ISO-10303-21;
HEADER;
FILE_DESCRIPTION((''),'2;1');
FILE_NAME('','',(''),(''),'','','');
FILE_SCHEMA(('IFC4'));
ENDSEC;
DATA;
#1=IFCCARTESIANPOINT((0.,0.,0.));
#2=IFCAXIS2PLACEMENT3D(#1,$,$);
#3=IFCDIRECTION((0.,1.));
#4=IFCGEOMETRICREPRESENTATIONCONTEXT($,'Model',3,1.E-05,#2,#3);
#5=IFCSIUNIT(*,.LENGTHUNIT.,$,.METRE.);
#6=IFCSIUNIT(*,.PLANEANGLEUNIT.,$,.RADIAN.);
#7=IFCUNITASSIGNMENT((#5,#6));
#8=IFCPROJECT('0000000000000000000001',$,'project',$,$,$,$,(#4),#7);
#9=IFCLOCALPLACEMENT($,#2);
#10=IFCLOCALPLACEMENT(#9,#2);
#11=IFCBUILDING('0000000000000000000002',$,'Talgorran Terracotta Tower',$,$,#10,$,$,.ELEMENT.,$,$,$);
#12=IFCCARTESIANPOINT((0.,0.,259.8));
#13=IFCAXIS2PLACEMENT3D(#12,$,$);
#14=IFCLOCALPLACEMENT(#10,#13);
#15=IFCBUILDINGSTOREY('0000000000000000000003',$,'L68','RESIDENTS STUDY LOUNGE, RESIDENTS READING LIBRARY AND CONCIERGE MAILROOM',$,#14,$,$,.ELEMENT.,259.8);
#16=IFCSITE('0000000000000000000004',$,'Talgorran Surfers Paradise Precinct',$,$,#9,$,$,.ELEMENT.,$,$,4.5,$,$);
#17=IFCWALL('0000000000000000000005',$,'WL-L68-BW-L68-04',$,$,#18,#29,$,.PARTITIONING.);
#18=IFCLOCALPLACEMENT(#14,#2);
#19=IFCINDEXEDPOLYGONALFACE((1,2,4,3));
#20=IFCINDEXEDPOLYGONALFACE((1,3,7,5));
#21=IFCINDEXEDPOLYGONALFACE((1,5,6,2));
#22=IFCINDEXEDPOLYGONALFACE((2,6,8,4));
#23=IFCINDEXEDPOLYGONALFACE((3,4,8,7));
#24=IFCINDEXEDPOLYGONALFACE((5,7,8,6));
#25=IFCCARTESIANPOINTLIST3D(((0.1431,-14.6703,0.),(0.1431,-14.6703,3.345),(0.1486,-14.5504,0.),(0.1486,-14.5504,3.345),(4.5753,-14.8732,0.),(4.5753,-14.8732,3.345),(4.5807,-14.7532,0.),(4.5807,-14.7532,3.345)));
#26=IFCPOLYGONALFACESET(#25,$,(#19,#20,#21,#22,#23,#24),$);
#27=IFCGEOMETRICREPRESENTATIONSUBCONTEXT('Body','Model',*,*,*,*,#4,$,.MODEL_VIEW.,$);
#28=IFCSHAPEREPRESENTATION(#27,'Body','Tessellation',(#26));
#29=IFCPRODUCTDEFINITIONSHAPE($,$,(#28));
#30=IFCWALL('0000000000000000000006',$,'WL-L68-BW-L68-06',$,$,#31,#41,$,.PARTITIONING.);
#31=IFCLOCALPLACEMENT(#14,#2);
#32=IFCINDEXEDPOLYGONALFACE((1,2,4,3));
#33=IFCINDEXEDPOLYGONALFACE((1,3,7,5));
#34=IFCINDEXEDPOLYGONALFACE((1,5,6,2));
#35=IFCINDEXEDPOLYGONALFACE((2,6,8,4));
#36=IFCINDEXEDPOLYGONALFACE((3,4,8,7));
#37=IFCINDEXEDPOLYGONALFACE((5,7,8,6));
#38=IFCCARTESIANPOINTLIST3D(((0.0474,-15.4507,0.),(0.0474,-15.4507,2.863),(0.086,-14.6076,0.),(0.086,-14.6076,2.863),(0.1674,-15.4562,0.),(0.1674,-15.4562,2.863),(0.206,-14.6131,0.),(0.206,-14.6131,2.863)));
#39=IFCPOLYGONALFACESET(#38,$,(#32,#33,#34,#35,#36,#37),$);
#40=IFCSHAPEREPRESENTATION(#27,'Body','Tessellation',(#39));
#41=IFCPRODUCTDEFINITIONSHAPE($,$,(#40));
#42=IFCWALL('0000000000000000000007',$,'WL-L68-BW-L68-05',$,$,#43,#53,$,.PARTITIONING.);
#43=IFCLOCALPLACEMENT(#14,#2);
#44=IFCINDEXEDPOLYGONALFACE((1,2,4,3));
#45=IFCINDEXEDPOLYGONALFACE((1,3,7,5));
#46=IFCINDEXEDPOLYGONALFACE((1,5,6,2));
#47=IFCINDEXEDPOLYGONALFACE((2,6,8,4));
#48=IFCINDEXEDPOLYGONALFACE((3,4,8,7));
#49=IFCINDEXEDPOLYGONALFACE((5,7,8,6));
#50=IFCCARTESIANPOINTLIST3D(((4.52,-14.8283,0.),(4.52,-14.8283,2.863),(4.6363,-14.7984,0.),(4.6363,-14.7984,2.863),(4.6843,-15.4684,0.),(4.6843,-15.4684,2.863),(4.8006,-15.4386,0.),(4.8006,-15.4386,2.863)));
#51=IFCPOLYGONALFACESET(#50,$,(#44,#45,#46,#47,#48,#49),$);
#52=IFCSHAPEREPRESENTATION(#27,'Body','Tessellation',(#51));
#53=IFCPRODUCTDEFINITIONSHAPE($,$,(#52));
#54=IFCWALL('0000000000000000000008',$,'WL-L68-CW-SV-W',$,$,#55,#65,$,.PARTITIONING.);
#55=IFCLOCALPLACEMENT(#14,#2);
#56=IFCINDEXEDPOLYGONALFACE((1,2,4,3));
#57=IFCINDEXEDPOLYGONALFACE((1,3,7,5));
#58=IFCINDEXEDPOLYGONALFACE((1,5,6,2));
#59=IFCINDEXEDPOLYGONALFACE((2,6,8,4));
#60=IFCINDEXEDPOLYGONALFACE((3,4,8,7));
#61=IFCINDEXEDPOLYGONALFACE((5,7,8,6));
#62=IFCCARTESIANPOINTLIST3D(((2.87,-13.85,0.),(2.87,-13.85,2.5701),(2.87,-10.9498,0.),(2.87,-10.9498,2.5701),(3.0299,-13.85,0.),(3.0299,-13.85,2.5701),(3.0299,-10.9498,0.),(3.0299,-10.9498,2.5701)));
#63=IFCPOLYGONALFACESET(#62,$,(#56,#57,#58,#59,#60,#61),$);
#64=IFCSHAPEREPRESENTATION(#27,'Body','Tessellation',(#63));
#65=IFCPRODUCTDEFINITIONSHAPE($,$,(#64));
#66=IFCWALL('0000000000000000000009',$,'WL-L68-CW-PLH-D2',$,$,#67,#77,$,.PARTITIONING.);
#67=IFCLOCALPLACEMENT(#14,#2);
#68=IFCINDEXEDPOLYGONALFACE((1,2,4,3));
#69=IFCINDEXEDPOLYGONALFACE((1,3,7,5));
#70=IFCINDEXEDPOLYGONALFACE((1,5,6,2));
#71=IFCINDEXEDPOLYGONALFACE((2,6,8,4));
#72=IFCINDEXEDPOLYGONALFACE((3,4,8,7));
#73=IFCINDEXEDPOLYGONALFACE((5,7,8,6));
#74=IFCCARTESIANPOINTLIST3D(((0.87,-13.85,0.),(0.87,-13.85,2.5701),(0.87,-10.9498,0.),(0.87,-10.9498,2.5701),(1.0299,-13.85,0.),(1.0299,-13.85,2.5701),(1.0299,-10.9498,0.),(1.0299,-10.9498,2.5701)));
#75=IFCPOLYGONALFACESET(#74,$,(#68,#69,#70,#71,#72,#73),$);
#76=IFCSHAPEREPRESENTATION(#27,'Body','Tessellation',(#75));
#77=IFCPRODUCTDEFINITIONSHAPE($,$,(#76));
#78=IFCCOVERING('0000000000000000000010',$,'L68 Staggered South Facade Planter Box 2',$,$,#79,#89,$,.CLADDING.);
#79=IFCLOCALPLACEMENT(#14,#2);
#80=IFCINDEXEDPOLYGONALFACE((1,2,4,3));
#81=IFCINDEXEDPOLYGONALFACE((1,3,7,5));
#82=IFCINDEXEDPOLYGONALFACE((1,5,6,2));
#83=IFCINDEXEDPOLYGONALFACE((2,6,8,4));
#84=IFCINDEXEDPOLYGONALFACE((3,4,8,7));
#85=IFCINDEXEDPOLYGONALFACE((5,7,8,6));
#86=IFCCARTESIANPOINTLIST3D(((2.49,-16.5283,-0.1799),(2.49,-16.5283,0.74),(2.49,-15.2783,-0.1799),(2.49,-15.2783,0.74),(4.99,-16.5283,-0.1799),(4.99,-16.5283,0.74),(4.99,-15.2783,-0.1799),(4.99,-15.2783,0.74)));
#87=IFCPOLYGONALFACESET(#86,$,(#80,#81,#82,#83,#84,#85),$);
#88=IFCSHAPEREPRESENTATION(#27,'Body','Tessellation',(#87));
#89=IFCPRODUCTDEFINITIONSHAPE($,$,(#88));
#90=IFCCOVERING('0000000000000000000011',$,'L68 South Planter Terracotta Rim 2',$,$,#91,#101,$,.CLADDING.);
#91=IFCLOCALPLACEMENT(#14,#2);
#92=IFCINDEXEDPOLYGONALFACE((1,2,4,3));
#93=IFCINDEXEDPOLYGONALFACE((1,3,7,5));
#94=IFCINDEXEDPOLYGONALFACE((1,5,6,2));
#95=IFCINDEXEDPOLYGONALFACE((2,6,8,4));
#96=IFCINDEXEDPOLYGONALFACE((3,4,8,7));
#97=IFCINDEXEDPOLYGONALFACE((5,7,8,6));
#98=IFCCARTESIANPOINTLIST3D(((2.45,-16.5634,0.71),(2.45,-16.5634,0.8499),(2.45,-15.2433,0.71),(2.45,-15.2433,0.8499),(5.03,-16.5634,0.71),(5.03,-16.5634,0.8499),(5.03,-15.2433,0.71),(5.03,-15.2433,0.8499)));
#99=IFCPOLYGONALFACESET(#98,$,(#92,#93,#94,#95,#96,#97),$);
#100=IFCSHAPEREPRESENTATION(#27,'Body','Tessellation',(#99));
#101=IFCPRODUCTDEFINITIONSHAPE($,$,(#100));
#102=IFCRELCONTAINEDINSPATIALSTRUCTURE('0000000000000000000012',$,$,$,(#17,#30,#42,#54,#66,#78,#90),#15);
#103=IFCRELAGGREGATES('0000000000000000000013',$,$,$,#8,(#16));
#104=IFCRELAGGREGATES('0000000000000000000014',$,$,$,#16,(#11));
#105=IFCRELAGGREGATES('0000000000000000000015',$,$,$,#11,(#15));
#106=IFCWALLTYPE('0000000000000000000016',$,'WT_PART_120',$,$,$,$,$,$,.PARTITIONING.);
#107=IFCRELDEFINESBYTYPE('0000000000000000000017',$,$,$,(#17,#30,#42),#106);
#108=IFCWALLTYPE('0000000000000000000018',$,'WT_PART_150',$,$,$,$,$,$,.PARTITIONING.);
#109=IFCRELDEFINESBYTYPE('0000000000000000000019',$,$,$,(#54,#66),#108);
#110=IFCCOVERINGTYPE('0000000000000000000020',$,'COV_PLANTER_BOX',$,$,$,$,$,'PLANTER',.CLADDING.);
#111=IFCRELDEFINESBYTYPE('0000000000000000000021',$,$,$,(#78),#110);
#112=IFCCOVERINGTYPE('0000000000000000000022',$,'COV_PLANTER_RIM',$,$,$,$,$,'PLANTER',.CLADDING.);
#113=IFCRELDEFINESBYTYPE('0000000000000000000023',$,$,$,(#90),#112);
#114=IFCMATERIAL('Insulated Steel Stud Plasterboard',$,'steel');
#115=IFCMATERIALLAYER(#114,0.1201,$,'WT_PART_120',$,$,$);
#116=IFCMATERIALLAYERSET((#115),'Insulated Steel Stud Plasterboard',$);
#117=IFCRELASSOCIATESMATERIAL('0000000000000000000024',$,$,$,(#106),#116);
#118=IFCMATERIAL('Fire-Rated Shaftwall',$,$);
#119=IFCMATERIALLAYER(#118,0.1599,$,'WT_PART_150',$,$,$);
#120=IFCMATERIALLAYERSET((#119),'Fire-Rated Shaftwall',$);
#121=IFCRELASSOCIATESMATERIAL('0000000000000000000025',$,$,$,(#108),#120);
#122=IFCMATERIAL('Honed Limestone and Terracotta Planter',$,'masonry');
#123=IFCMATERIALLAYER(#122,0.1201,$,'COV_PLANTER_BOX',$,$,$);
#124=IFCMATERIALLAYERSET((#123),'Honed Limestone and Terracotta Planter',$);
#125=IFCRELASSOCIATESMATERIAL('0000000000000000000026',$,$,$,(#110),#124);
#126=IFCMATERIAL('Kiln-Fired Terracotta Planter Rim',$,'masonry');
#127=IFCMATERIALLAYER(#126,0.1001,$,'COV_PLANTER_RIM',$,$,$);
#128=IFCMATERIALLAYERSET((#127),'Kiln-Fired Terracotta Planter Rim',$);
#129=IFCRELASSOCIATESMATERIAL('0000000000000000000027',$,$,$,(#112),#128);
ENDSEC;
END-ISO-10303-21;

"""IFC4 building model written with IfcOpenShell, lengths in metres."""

from ifc_helpers import new_model, si_unit, direction, frame, frame_2d, origin, origin_2d, place, context, subcontext, project, spatial, rectangle, extrude, material, layer, layer_set, type_object, element, save


model = new_model("IFC4")

# Units and contexts
model_context = context("Model", 3, precision=1e-05, world=origin(), true_north=direction((0.0, 1.0)))
body_context = subcontext(model_context, "Body", "Model", "MODEL_VIEW")
ifc_project = project(units=[si_unit("LENGTHUNIT", "METRE"), si_unit("PLANEANGLEUNIT", "RADIAN")], contexts=[model_context])

# Site, building, storey
site_placement = place(None, origin())
site = spatial("IfcSite", under=ifc_project, at=site_placement, Name="Talgorran Surfers Paradise Precinct", CompositionType="ELEMENT", RefElevation=4.5)
building_placement = place(site_placement, origin())
building = spatial("IfcBuilding", under=site, at=building_placement, Name="Talgorran Terracotta Tower", CompositionType="ELEMENT")
storey_placement = place(building_placement, frame((0.0, 0.0, 259.8)))
storey = spatial("IfcBuildingStorey", under=building, at=storey_placement, Name="L68", Description="RESIDENTS STUDY LOUNGE, RESIDENTS READING LIBRARY AND CONCIERGE MAILROOM", CompositionType="ELEMENT", Elevation=259.8)

# Walls
ifc_material_1 = material(Name="Insulated Steel Stud Plasterboard", Category="steel")
ifc_layer_1 = layer(ifc_material_1, 0.1201, Name="WT_PART_120")
ifc_layer_set_1 = layer_set([ifc_layer_1], Name="Insulated Steel Stud Plasterboard")
wall_type_1 = type_object("IfcWallType", Name="WT_PART_120", PredefinedType="PARTITIONING", material=ifc_layer_set_1)
wall_1_placement = place(storey_placement, frame((0.146, -14.6104, 0.0), z_axis=(0.0, 0.0, 1.0), x_axis=(0.998954, -0.045727, 0.0)))
element("IfcWall", 1, at=wall_1_placement, inside=storey, type_object=wall_type_1, Name="WL-L68-BW-L68-04", PredefinedType="PARTITIONING", context=body_context, shape_type="SweptSolid", body=[
    extrude(rectangle(XDim=4.4368, YDim=0.1201, at=frame_2d((2.2183, 0.0))), origin(), (0.0, 0.0, 1.0), 3.345),
])
wall_2_placement = place(storey_placement, frame((0.1074, -15.4534, 0.0), z_axis=(0.0, 0.0, 1.0), x_axis=(0.045709, 0.998955, 0.0)))
element("IfcWall", 2, at=wall_2_placement, inside=storey, type_object=wall_type_1, Name="WL-L68-BW-L68-06", PredefinedType="PARTITIONING", context=body_context, shape_type="SweptSolid", body=[
    extrude(rectangle(XDim=0.844, YDim=0.1201, at=frame_2d((0.4219, 0.0))), origin(), (0.0, 0.0, 1.0), 2.863),
])
wall_3_placement = place(storey_placement, frame((4.5781, -14.8132, 0.0), z_axis=(0.0, 0.0, 1.0), x_axis=(0.248615, -0.968602, 0.0)))
element("IfcWall", 3, at=wall_3_placement, inside=storey, type_object=wall_type_1, Name="WL-L68-BW-L68-05", PredefinedType="PARTITIONING", context=body_context, shape_type="SweptSolid", body=[
    extrude(rectangle(XDim=0.6609, YDim=0.1201, at=frame_2d((0.3306, 0.0))), origin(), (0.0, 0.0, 1.0), 2.863),
])
ifc_material_2 = material(Name="Fire-Rated Shaftwall")
ifc_layer_2 = layer(ifc_material_2, 0.1599, Name="WT_PART_150")
ifc_layer_set_2 = layer_set([ifc_layer_2], Name="Fire-Rated Shaftwall")
wall_type_2 = type_object("IfcWallType", Name="WT_PART_150", PredefinedType="PARTITIONING", material=ifc_layer_set_2)
for number, where, z_axis, x_axis, name in (
    (4, (2.95, -13.8501, 0.0), (0.0, 0.0, 1.0), (0.0, 1.0, 0.0), "WL-L68-CW-SV-W"),
    (5, (0.95, -13.8501, 0.0), (0.0, 0.0, 1.0), (0.0, 1.0, 0.0), "WL-L68-CW-PLH-D2"),
):
    element("IfcWall", number, at=place(storey_placement, frame(where, z_axis=z_axis, x_axis=x_axis)), inside=storey, type_object=wall_type_2, Name=name, PredefinedType="PARTITIONING", context=body_context, shape_type="SweptSolid", body=[
        extrude(rectangle(XDim=2.9001, YDim=0.1599, at=frame_2d((1.4502, 0.0))), origin(), (0.0, 0.0, 1.0), 2.5701),
    ])

# Coverings
ifc_material_3 = material(Name="Honed Limestone and Terracotta Planter", Category="masonry")
ifc_layer_3 = layer(ifc_material_3, 0.1201, Name="COV_PLANTER_BOX")
ifc_layer_set_3 = layer_set([ifc_layer_3], Name="Honed Limestone and Terracotta Planter")
covering_type_1 = type_object("IfcCoveringType", Name="COV_PLANTER_BOX", ElementType="PLANTER", PredefinedType="CLADDING", material=ifc_layer_set_3)
covering_1_placement = place(storey_placement, frame((3.74, -15.9033, -0.1799), z_axis=(0.0, 0.0, 1.0), x_axis=(1.0, 0.0, 0.0)))
element("IfcCovering", 6, at=covering_1_placement, inside=storey, type_object=covering_type_1, Name="L68 Staggered South Facade Planter Box 2", PredefinedType="CLADDING", context=body_context, shape_type="SweptSolid", body=[
    extrude(rectangle(XDim=2.5, YDim=1.25, at=origin_2d()), origin(), (0.0, 0.0, 1.0), 0.9199),
])
ifc_material_4 = material(Name="Kiln-Fired Terracotta Planter Rim", Category="masonry")
ifc_layer_4 = layer(ifc_material_4, 0.1001, Name="COV_PLANTER_RIM")
ifc_layer_set_4 = layer_set([ifc_layer_4], Name="Kiln-Fired Terracotta Planter Rim")
covering_type_2 = type_object("IfcCoveringType", Name="COV_PLANTER_RIM", ElementType="PLANTER", PredefinedType="CLADDING", material=ifc_layer_set_4)
covering_2_placement = place(storey_placement, frame((3.74, -15.9033, 0.71), z_axis=(0.0, 0.0, 1.0), x_axis=(1.0, 0.0, 0.0)))
element("IfcCovering", 7, at=covering_2_placement, inside=storey, type_object=covering_type_2, Name="L68 South Planter Terracotta Rim 2", PredefinedType="CLADDING", context=body_context, shape_type="SweptSolid", body=[
    extrude(rectangle(XDim=2.5801, YDim=1.3201, at=origin_2d()), origin(), (0.0, 0.0, 1.0), 0.1399),
])

save(model, "model.ifc")
